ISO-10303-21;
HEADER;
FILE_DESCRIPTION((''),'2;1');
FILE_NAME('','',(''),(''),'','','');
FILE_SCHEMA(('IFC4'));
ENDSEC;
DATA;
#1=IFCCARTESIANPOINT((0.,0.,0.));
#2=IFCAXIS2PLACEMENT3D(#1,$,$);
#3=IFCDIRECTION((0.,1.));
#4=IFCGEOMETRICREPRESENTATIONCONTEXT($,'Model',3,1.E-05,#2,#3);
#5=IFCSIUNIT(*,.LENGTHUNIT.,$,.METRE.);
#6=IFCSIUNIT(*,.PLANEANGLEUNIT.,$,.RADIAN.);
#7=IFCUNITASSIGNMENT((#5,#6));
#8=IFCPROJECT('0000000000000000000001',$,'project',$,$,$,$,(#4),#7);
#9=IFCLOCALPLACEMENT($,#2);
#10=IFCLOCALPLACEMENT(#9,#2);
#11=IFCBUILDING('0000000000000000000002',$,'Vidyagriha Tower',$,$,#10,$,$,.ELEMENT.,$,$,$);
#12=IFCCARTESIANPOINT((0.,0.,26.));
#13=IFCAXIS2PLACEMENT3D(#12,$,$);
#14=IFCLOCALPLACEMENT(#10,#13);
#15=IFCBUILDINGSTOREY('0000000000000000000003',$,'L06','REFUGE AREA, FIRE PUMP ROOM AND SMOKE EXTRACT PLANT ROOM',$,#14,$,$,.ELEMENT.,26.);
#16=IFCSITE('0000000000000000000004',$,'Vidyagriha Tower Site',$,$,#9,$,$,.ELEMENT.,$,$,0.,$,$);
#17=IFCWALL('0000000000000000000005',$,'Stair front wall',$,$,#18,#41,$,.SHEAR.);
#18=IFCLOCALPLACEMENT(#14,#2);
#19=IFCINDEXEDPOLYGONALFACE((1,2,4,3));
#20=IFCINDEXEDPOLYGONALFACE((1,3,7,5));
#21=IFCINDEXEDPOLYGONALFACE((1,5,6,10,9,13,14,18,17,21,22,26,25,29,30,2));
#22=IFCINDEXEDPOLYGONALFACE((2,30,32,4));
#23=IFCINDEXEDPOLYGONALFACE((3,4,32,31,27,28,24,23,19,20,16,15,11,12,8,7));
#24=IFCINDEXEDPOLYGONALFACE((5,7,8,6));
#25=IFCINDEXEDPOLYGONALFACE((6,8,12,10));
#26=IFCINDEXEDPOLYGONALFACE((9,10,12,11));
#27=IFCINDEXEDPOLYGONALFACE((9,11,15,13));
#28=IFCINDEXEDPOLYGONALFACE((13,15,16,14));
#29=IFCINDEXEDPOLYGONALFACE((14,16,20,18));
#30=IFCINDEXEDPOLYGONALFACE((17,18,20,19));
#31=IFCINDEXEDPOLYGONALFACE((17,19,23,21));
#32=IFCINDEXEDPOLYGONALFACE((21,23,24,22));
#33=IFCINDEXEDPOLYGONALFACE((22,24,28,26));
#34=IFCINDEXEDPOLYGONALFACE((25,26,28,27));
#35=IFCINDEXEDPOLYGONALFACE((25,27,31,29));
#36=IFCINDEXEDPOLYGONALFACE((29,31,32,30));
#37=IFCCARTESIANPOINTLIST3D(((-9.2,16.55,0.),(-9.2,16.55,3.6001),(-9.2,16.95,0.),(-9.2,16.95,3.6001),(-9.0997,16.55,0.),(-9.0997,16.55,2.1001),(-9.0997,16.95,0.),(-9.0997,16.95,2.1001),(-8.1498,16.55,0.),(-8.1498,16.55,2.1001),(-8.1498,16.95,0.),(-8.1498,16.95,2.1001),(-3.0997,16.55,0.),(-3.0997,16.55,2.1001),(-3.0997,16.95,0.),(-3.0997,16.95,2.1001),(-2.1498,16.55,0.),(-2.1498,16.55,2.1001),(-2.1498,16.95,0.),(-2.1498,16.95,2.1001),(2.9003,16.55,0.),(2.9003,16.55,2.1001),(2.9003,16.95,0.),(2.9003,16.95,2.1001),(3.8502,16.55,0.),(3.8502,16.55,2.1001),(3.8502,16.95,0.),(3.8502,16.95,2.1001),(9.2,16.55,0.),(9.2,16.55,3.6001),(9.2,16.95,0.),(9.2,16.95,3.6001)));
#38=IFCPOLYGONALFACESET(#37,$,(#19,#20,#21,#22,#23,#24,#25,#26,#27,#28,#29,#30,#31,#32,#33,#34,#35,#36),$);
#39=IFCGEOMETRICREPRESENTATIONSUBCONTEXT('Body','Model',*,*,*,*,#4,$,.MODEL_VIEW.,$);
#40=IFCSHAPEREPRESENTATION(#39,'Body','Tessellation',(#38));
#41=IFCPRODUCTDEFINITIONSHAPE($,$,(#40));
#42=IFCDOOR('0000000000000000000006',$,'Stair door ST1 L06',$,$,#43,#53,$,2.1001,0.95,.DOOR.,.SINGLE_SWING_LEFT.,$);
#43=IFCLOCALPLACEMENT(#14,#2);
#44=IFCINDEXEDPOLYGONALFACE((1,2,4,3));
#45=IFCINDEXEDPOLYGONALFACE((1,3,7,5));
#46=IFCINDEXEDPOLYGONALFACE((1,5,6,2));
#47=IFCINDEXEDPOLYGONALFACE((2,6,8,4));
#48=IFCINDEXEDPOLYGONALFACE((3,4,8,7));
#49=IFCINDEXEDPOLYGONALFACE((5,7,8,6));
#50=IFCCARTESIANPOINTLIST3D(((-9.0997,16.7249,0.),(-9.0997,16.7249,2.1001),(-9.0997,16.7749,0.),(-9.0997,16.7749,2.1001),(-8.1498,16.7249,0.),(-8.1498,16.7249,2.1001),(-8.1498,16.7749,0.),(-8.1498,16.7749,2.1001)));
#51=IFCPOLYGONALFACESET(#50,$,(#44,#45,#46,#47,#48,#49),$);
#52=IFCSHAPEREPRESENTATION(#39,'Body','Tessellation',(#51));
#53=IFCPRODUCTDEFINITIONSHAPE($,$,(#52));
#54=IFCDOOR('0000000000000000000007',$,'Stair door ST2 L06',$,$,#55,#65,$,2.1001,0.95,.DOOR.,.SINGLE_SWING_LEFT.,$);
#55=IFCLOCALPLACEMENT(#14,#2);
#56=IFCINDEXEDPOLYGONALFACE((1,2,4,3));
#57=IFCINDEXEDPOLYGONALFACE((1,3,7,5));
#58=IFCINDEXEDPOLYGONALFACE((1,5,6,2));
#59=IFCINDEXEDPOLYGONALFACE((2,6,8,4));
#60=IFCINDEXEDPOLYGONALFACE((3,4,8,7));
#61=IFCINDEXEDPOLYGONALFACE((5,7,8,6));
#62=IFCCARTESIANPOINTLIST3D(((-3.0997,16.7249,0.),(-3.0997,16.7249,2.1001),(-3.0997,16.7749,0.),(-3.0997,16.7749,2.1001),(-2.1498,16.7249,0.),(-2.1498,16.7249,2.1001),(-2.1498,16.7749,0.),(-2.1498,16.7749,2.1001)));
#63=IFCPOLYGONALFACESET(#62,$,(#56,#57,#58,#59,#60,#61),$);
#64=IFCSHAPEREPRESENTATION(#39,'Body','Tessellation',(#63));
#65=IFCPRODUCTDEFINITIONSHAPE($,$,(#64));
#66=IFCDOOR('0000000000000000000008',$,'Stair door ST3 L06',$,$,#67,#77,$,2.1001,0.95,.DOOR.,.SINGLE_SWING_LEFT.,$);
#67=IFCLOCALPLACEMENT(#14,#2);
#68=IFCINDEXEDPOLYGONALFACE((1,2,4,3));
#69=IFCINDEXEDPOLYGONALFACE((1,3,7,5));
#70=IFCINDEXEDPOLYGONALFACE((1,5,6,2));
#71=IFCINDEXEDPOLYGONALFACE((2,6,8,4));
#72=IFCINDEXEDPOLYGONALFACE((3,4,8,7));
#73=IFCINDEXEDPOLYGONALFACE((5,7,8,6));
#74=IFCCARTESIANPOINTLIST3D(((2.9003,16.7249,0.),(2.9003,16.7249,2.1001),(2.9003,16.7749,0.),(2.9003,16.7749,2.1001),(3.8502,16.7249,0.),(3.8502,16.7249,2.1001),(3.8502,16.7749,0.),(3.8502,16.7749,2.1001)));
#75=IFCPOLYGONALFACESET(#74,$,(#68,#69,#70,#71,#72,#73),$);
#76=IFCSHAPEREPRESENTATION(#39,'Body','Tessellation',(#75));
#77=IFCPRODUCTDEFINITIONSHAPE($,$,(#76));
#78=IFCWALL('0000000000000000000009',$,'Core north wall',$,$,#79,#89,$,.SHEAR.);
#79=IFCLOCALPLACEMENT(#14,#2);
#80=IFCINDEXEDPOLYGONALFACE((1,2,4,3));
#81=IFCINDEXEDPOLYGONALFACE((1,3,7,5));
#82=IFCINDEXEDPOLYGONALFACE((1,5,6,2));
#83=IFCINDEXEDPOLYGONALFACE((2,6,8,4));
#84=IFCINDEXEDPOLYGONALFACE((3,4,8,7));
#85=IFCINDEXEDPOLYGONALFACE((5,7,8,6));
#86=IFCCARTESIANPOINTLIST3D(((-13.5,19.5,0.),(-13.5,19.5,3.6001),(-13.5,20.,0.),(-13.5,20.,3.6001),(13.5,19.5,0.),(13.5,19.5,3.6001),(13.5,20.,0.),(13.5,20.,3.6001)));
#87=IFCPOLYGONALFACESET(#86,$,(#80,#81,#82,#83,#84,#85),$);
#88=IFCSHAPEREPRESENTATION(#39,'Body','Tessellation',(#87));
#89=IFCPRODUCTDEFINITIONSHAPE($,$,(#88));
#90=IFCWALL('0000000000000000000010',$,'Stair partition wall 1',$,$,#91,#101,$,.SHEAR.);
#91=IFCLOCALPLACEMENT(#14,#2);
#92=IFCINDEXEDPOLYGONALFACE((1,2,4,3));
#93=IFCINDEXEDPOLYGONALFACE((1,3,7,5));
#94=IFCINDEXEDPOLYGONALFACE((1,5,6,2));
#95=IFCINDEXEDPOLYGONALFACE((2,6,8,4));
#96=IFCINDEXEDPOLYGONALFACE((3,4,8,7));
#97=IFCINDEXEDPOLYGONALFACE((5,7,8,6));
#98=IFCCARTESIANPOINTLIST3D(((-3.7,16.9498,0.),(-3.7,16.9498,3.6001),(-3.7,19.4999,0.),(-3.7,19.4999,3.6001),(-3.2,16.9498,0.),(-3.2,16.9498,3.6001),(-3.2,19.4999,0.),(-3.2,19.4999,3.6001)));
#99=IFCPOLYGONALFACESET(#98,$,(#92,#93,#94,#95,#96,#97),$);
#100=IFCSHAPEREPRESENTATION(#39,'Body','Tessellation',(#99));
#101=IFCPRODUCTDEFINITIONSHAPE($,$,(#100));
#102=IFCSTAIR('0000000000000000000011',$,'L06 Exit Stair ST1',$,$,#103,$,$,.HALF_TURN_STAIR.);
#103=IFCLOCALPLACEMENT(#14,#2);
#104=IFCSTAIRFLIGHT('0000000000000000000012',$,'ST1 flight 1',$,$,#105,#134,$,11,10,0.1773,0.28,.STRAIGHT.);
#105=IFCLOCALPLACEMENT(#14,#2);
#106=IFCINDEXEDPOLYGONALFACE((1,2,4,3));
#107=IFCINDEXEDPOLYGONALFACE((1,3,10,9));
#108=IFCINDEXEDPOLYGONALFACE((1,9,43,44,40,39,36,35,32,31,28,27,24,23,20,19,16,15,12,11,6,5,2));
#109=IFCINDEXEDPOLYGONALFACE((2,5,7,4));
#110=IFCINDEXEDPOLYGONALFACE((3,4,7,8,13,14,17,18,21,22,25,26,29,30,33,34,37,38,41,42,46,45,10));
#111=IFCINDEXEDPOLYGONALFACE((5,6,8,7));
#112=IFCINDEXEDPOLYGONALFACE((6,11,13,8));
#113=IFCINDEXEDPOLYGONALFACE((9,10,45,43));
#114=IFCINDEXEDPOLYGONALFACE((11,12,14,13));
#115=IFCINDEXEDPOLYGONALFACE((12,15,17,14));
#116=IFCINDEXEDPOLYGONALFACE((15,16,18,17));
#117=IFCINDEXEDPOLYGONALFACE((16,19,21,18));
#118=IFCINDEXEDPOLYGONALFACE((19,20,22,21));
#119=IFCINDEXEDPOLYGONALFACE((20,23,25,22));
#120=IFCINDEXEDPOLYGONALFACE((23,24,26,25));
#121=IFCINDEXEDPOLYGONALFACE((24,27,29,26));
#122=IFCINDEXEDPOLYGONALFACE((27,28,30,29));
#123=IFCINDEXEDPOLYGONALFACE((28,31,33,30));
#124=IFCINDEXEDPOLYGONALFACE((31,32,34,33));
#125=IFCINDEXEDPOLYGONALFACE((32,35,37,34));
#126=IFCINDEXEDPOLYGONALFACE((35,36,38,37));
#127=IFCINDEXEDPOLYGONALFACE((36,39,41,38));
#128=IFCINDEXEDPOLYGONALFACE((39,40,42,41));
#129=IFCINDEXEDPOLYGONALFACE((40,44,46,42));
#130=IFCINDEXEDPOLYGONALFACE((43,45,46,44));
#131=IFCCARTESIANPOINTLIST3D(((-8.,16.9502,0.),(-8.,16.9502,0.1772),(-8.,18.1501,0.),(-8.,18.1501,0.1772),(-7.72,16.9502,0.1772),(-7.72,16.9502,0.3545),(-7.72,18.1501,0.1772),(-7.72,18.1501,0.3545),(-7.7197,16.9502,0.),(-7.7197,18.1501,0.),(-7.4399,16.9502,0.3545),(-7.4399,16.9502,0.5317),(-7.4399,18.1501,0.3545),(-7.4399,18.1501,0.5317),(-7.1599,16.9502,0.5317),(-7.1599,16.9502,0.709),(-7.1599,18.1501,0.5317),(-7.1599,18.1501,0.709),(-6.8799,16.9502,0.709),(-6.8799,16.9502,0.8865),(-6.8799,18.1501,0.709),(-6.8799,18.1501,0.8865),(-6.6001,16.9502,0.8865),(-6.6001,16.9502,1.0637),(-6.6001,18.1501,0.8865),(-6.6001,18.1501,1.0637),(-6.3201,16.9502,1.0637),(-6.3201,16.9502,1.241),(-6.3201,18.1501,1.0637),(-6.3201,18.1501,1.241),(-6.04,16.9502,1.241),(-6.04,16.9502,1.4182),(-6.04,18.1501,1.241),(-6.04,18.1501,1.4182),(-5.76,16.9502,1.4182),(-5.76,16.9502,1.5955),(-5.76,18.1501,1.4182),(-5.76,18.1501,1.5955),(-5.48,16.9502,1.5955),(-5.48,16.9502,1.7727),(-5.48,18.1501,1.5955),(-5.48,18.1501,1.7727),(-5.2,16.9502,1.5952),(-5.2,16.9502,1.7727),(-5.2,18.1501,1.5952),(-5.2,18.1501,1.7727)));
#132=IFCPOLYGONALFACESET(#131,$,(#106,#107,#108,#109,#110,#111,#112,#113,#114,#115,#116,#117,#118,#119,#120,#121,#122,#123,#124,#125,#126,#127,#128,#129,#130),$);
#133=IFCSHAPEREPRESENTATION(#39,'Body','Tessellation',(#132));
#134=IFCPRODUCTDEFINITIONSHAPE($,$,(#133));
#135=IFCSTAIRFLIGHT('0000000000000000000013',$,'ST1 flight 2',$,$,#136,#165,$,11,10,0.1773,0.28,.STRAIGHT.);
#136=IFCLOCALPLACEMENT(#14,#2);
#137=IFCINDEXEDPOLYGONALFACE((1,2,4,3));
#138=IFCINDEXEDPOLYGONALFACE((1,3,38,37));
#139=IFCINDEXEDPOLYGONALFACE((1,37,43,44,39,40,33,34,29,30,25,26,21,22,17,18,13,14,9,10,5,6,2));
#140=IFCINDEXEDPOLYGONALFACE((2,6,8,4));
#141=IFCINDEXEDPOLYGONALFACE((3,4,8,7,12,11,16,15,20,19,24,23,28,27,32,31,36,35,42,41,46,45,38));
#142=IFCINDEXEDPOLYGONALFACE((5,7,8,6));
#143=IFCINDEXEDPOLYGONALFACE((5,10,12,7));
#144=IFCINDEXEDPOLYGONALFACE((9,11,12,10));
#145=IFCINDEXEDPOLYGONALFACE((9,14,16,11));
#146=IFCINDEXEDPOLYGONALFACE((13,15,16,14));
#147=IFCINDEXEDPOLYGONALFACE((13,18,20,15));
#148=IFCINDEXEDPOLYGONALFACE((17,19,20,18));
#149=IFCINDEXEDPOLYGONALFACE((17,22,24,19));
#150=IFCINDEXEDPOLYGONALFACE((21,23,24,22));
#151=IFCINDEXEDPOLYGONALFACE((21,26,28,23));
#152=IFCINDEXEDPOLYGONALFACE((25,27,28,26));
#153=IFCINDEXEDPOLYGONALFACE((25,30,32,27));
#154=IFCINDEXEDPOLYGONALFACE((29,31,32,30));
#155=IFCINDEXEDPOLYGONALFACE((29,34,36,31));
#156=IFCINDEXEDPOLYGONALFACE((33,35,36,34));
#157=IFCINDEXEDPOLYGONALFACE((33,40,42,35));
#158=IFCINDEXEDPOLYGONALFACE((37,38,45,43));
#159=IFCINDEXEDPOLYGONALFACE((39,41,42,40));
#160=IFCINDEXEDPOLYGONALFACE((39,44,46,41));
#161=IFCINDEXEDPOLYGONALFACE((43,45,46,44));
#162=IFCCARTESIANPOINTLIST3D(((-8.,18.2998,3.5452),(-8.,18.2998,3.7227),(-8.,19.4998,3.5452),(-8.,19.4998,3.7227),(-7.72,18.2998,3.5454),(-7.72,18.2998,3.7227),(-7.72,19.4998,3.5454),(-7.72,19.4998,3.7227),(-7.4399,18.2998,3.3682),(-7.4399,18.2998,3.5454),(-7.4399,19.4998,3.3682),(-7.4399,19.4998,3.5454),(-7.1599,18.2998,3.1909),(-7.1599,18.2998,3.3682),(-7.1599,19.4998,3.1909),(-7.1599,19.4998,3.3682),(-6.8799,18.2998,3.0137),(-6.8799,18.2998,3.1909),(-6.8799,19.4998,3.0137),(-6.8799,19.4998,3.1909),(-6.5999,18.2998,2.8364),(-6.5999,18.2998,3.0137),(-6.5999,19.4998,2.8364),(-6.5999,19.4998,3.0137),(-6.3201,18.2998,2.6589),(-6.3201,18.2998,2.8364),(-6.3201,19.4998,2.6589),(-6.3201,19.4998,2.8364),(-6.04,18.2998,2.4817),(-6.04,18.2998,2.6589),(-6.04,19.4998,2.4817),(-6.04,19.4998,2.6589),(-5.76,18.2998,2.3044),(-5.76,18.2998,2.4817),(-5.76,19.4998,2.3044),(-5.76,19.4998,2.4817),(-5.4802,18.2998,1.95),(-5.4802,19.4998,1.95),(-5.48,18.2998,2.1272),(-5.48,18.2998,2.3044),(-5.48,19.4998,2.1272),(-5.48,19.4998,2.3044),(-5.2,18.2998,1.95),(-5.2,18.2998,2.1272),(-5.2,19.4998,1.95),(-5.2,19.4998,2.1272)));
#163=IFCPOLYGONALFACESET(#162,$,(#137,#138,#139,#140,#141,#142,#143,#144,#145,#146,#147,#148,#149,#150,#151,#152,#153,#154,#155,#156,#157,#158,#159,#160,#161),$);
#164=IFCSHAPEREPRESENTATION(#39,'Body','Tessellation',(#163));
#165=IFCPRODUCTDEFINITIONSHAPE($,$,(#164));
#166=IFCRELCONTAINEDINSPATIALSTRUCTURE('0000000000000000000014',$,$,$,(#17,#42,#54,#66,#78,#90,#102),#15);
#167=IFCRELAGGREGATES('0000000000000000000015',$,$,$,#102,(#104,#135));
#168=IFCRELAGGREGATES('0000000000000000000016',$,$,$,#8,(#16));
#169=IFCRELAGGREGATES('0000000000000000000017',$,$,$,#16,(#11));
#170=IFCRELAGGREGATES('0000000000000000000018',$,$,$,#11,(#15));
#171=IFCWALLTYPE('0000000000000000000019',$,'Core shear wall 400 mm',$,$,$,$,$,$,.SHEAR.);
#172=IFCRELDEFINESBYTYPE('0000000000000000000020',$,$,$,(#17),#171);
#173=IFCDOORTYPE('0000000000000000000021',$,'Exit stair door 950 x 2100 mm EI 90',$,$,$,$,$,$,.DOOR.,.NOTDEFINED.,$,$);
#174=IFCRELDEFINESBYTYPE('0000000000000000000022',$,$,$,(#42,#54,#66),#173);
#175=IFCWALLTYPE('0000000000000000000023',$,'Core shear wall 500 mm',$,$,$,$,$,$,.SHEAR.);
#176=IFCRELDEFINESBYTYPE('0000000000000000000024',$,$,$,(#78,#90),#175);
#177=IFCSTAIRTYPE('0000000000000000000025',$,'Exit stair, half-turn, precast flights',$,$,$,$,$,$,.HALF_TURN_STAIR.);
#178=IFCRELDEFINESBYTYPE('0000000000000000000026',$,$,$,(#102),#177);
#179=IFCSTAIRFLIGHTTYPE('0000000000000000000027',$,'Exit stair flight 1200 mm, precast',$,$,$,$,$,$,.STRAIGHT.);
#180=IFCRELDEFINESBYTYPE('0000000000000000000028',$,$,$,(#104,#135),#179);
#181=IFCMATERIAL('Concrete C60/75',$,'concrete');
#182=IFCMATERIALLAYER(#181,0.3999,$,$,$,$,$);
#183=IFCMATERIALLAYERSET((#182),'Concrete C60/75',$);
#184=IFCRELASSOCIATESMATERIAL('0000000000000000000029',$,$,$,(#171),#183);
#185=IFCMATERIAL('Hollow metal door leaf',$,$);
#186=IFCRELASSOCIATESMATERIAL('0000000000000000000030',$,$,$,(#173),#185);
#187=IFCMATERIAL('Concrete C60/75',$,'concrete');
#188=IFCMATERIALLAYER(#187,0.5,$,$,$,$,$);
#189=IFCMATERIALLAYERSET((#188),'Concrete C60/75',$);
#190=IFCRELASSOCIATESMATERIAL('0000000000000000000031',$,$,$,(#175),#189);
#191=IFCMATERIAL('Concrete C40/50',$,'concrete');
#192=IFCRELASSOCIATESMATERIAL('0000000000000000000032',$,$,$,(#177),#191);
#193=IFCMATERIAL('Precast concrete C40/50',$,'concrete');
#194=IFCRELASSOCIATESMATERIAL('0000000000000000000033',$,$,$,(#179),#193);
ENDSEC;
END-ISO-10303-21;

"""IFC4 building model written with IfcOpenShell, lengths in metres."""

from ifc_helpers import new_model, si_unit, direction, frame, frame_2d, origin, place, context, subcontext, project, spatial, polyline, rectangle, outline, extrude, material, layer, layer_set, type_object, element, fill, aggregate, save


model = new_model("IFC4")

# Units and contexts
model_context = context("Model", 3, precision=1e-05, world=origin(), true_north=direction((0.0, 1.0)))
body_context = subcontext(model_context, "Body", "Model", "MODEL_VIEW")
ifc_project = project(units=[si_unit("LENGTHUNIT", "METRE"), si_unit("PLANEANGLEUNIT", "RADIAN")], contexts=[model_context])

# Site, building, storey
site_placement = place(None, origin())
site = spatial("IfcSite", under=ifc_project, at=site_placement, Name="Vidyagriha Tower Site", CompositionType="ELEMENT", RefElevation=0.0)
building_placement = place(site_placement, origin())
building = spatial("IfcBuilding", under=site, at=building_placement, Name="Vidyagriha Tower", CompositionType="ELEMENT")
storey_placement = place(building_placement, frame((0.0, 0.0, 26.0)))
storey = spatial("IfcBuildingStorey", under=building, at=storey_placement, Name="L06", Description="REFUGE AREA, FIRE PUMP ROOM AND SMOKE EXTRACT PLANT ROOM", CompositionType="ELEMENT", Elevation=26.0)

# Shared definitions
ifc_material_1 = material(Name="Concrete C60/75", Category="concrete")
ifc_layer_1 = layer(ifc_material_1, 0.3999)
ifc_layer_set_1 = layer_set([ifc_layer_1], Name="Concrete C60/75")
wall_type_1 = type_object("IfcWallType", Name="Core shear wall 400 mm", PredefinedType="SHEAR", material=ifc_layer_set_1)

# Wall, openings, doors
wall_1_placement = place(storey_placement, frame((-9.2, 16.75, 0.0)))
wall_1 = element("IfcWall", 1, at=wall_1_placement, inside=storey, type_object=wall_type_1, Name="Stair front wall", PredefinedType="SHEAR", context=body_context, shape_type="SweptSolid", body=[
    extrude(rectangle(XDim=18.3999, YDim=0.3999, at=frame_2d((9.2, 0.0))), origin(), (0.0, 0.0, 1.0), 3.6001),
])
opening_1_placement = place(wall_1_placement, frame((0.1001, 0.0, 0.0)))
opening_1 = element("IfcOpeningElement", 2, at=opening_1_placement, cuts=wall_1, PredefinedType="OPENING", context=body_context, shape_type="SweptSolid", body=[
    extrude(rectangle(XDim=0.95, YDim=2.1001, at=frame_2d((0.4751, 1.05))), frame((0.0, 0.21, 0.0), z_axis=(0.0, -1.0, 0.0), x_axis=(1.0, 0.0, 0.0)), (0.0, 0.0, 1.0), 0.4199),
])
opening_2_placement = place(wall_1_placement, frame((6.1001, 0.0, 0.0)))
opening_2 = element("IfcOpeningElement", 3, at=opening_2_placement, cuts=wall_1, PredefinedType="OPENING", context=body_context, shape_type="SweptSolid", body=[
    extrude(rectangle(XDim=0.95, YDim=2.1001, at=frame_2d((0.4751, 1.05))), frame((0.0, 0.21, 0.0), z_axis=(0.0, -1.0, 0.0), x_axis=(1.0, 0.0, 0.0)), (0.0, 0.0, 1.0), 0.4199),
])
opening_3_placement = place(wall_1_placement, frame((12.1001, 0.0, 0.0)))
opening_3 = element("IfcOpeningElement", 4, at=opening_3_placement, cuts=wall_1, PredefinedType="OPENING", context=body_context, shape_type="SweptSolid", body=[
    extrude(rectangle(XDim=0.95, YDim=2.1001, at=frame_2d((0.4751, 1.05))), frame((0.0, 0.21, 0.0), z_axis=(0.0, -1.0, 0.0), x_axis=(1.0, 0.0, 0.0)), (0.0, 0.0, 1.0), 0.4199),
])
ifc_material_2 = material(Name="Hollow metal door leaf")
door_type = type_object("IfcDoorType", Name="Exit stair door 950 x 2100 mm EI 90", OperationType="NOTDEFINED", PredefinedType="DOOR", material=ifc_material_2)
door_1_placement = place(opening_1_placement, origin())
door_1 = element("IfcDoor", 5, at=door_1_placement, inside=storey, type_object=door_type, Name="Stair door ST1 L06", OperationType="SINGLE_SWING_LEFT", OverallHeight=2.1001, OverallWidth=0.95, PredefinedType="DOOR", context=body_context, shape_type="SweptSolid", body=[
    extrude(rectangle(XDim=0.95, YDim=2.1001, at=frame_2d((0.4751, 1.05))), frame((0.0, 0.0249, 0.0), z_axis=(0.0, -1.0, 0.0), x_axis=(1.0, 0.0, 0.0)), (0.0, 0.0, 1.0), 0.05),
])
fill(opening_1, door_1)
door_2_placement = place(opening_2_placement, origin())
door_2 = element("IfcDoor", 6, at=door_2_placement, inside=storey, type_object=door_type, Name="Stair door ST2 L06", OperationType="SINGLE_SWING_LEFT", OverallHeight=2.1001, OverallWidth=0.95, PredefinedType="DOOR", context=body_context, shape_type="SweptSolid", body=[
    extrude(rectangle(XDim=0.95, YDim=2.1001, at=frame_2d((0.4751, 1.05))), frame((0.0, 0.0249, 0.0), z_axis=(0.0, -1.0, 0.0), x_axis=(1.0, 0.0, 0.0)), (0.0, 0.0, 1.0), 0.05),
])
fill(opening_2, door_2)
door_3_placement = place(opening_3_placement, origin())
door_3 = element("IfcDoor", 7, at=door_3_placement, inside=storey, type_object=door_type, Name="Stair door ST3 L06", OperationType="SINGLE_SWING_LEFT", OverallHeight=2.1001, OverallWidth=0.95, PredefinedType="DOOR", context=body_context, shape_type="SweptSolid", body=[
    extrude(rectangle(XDim=0.95, YDim=2.1001, at=frame_2d((0.4751, 1.05))), frame((0.0, 0.0249, 0.0), z_axis=(0.0, -1.0, 0.0), x_axis=(1.0, 0.0, 0.0)), (0.0, 0.0, 1.0), 0.05),
])
fill(opening_3, door_3)

# Walls
ifc_material_3 = material(Name="Concrete C60/75", Category="concrete")
ifc_layer_2 = layer(ifc_material_3, 0.5)
ifc_layer_set_2 = layer_set([ifc_layer_2], Name="Concrete C60/75")
wall_type_2 = type_object("IfcWallType", Name="Core shear wall 500 mm", PredefinedType="SHEAR", material=ifc_layer_set_2)
wall_2_placement = place(storey_placement, frame((-13.5, 19.75, 0.0)))
element("IfcWall", 8, at=wall_2_placement, inside=storey, type_object=wall_type_2, Name="Core north wall", PredefinedType="SHEAR", context=body_context, shape_type="SweptSolid", body=[
    extrude(rectangle(XDim=27.0, YDim=0.5, at=frame_2d((13.5, 0.0))), origin(), (0.0, 0.0, 1.0), 3.6001),
])
wall_3_placement = place(storey_placement, frame((-3.45, 16.95, 0.0), z_axis=(0.0, 0.0, 1.0), x_axis=(0.0, 1.0, 0.0)))
element("IfcWall", 9, at=wall_3_placement, inside=storey, type_object=wall_type_2, Name="Stair partition wall 1", PredefinedType="SHEAR", context=body_context, shape_type="SweptSolid", body=[
    extrude(rectangle(XDim=2.55, YDim=0.5, at=frame_2d((1.2749, 0.0))), origin(), (0.0, 0.0, 1.0), 3.6001),
])

# Stair, stair flights
ifc_material_4 = material(Name="Concrete C40/50", Category="concrete")
stair_type = type_object("IfcStairType", Name="Exit stair, half-turn, precast flights", PredefinedType="HALF_TURN_STAIR", material=ifc_material_4)
stair_1_placement = place(storey_placement, origin())
stair_1 = element("IfcStair", 10, at=stair_1_placement, inside=storey, type_object=stair_type, Name="L06 Exit Stair ST1", PredefinedType="HALF_TURN_STAIR")
ifc_material_5 = material(Name="Precast concrete C40/50", Category="concrete")
stair_flight_type = type_object("IfcStairFlightType", Name="Exit stair flight 1200 mm, precast", PredefinedType="STRAIGHT", material=ifc_material_5)
stair_flight_1_placement = place(storey_placement, frame((-8.0, 17.55, 0.0)))
stair_flight_1 = element("IfcStairFlight", 11, at=stair_flight_1_placement, type_object=stair_flight_type, Name="ST1 flight 1", NumberOfRisers=11, NumberOfTreads=10, PredefinedType="STRAIGHT", RiserHeight=0.1773, TreadLength=0.28, context=body_context, shape_type="SweptSolid", body=[
    extrude(outline(polyline([(0.0, 0.0), (0.0, 0.1772), (0.28, 0.1772), (0.28, 0.3545), (0.5601, 0.3545), (0.5601, 0.5317), (0.8401, 0.5317), (0.8401, 0.709), (1.1201, 0.709), (1.1201, 0.8865), (1.3999, 0.8865), (1.3999, 1.0637), (1.6799, 1.0637), (1.6799, 1.241), (1.96, 1.241), (1.96, 1.4182), (2.24, 1.4182), (2.24, 1.5955), (2.52, 1.5955), (2.52, 1.7727), (2.8, 1.7727), (2.8, 1.95), (2.8, 1.5952), (0.2803, 0.0), (0.0, 0.0)])), frame((0.0, 0.6001, 0.0), z_axis=(0.0, -1.0, 0.0), x_axis=(1.0, 0.0, 0.0)), (0.0, 0.0, 1.0), 1.2),
])
stair_flight_2_placement = place(storey_placement, frame((-5.2, 18.8999, 1.95), z_axis=(0.0, 0.0, 1.0), x_axis=(-1.0, 0.0, 0.0)))
stair_flight_2 = element("IfcStairFlight", 12, at=stair_flight_2_placement, type_object=stair_flight_type, Name="ST1 flight 2", NumberOfRisers=11, NumberOfTreads=10, PredefinedType="STRAIGHT", RiserHeight=0.1773, TreadLength=0.28, context=body_context, shape_type="SweptSolid", body=[
    extrude(outline(polyline([(0.0, 0.0), (0.0, 0.1772), (0.28, 0.1772), (0.28, 0.3545), (0.5601, 0.3545), (0.5601, 0.5317), (0.8401, 0.5317), (0.8401, 0.709), (1.1201, 0.709), (1.1201, 0.8865), (1.3999, 0.8865), (1.3999, 1.0637), (1.6799, 1.0637), (1.6799, 1.241), (1.96, 1.241), (1.96, 1.4182), (2.24, 1.4182), (2.24, 1.5955), (2.52, 1.5955), (2.52, 1.7727), (2.8, 1.7727), (2.8, 1.95), (2.8, 1.5952), (0.2803, 0.0), (0.0, 0.0)])), frame((0.0, 0.6001, 0.0), z_axis=(0.0, -1.0, 0.0), x_axis=(1.0, 0.0, 0.0)), (0.0, 0.0, 1.0), 1.2),
])
aggregate(stair_1, [stair_flight_1, stair_flight_2])

save(model, "model.ifc")
